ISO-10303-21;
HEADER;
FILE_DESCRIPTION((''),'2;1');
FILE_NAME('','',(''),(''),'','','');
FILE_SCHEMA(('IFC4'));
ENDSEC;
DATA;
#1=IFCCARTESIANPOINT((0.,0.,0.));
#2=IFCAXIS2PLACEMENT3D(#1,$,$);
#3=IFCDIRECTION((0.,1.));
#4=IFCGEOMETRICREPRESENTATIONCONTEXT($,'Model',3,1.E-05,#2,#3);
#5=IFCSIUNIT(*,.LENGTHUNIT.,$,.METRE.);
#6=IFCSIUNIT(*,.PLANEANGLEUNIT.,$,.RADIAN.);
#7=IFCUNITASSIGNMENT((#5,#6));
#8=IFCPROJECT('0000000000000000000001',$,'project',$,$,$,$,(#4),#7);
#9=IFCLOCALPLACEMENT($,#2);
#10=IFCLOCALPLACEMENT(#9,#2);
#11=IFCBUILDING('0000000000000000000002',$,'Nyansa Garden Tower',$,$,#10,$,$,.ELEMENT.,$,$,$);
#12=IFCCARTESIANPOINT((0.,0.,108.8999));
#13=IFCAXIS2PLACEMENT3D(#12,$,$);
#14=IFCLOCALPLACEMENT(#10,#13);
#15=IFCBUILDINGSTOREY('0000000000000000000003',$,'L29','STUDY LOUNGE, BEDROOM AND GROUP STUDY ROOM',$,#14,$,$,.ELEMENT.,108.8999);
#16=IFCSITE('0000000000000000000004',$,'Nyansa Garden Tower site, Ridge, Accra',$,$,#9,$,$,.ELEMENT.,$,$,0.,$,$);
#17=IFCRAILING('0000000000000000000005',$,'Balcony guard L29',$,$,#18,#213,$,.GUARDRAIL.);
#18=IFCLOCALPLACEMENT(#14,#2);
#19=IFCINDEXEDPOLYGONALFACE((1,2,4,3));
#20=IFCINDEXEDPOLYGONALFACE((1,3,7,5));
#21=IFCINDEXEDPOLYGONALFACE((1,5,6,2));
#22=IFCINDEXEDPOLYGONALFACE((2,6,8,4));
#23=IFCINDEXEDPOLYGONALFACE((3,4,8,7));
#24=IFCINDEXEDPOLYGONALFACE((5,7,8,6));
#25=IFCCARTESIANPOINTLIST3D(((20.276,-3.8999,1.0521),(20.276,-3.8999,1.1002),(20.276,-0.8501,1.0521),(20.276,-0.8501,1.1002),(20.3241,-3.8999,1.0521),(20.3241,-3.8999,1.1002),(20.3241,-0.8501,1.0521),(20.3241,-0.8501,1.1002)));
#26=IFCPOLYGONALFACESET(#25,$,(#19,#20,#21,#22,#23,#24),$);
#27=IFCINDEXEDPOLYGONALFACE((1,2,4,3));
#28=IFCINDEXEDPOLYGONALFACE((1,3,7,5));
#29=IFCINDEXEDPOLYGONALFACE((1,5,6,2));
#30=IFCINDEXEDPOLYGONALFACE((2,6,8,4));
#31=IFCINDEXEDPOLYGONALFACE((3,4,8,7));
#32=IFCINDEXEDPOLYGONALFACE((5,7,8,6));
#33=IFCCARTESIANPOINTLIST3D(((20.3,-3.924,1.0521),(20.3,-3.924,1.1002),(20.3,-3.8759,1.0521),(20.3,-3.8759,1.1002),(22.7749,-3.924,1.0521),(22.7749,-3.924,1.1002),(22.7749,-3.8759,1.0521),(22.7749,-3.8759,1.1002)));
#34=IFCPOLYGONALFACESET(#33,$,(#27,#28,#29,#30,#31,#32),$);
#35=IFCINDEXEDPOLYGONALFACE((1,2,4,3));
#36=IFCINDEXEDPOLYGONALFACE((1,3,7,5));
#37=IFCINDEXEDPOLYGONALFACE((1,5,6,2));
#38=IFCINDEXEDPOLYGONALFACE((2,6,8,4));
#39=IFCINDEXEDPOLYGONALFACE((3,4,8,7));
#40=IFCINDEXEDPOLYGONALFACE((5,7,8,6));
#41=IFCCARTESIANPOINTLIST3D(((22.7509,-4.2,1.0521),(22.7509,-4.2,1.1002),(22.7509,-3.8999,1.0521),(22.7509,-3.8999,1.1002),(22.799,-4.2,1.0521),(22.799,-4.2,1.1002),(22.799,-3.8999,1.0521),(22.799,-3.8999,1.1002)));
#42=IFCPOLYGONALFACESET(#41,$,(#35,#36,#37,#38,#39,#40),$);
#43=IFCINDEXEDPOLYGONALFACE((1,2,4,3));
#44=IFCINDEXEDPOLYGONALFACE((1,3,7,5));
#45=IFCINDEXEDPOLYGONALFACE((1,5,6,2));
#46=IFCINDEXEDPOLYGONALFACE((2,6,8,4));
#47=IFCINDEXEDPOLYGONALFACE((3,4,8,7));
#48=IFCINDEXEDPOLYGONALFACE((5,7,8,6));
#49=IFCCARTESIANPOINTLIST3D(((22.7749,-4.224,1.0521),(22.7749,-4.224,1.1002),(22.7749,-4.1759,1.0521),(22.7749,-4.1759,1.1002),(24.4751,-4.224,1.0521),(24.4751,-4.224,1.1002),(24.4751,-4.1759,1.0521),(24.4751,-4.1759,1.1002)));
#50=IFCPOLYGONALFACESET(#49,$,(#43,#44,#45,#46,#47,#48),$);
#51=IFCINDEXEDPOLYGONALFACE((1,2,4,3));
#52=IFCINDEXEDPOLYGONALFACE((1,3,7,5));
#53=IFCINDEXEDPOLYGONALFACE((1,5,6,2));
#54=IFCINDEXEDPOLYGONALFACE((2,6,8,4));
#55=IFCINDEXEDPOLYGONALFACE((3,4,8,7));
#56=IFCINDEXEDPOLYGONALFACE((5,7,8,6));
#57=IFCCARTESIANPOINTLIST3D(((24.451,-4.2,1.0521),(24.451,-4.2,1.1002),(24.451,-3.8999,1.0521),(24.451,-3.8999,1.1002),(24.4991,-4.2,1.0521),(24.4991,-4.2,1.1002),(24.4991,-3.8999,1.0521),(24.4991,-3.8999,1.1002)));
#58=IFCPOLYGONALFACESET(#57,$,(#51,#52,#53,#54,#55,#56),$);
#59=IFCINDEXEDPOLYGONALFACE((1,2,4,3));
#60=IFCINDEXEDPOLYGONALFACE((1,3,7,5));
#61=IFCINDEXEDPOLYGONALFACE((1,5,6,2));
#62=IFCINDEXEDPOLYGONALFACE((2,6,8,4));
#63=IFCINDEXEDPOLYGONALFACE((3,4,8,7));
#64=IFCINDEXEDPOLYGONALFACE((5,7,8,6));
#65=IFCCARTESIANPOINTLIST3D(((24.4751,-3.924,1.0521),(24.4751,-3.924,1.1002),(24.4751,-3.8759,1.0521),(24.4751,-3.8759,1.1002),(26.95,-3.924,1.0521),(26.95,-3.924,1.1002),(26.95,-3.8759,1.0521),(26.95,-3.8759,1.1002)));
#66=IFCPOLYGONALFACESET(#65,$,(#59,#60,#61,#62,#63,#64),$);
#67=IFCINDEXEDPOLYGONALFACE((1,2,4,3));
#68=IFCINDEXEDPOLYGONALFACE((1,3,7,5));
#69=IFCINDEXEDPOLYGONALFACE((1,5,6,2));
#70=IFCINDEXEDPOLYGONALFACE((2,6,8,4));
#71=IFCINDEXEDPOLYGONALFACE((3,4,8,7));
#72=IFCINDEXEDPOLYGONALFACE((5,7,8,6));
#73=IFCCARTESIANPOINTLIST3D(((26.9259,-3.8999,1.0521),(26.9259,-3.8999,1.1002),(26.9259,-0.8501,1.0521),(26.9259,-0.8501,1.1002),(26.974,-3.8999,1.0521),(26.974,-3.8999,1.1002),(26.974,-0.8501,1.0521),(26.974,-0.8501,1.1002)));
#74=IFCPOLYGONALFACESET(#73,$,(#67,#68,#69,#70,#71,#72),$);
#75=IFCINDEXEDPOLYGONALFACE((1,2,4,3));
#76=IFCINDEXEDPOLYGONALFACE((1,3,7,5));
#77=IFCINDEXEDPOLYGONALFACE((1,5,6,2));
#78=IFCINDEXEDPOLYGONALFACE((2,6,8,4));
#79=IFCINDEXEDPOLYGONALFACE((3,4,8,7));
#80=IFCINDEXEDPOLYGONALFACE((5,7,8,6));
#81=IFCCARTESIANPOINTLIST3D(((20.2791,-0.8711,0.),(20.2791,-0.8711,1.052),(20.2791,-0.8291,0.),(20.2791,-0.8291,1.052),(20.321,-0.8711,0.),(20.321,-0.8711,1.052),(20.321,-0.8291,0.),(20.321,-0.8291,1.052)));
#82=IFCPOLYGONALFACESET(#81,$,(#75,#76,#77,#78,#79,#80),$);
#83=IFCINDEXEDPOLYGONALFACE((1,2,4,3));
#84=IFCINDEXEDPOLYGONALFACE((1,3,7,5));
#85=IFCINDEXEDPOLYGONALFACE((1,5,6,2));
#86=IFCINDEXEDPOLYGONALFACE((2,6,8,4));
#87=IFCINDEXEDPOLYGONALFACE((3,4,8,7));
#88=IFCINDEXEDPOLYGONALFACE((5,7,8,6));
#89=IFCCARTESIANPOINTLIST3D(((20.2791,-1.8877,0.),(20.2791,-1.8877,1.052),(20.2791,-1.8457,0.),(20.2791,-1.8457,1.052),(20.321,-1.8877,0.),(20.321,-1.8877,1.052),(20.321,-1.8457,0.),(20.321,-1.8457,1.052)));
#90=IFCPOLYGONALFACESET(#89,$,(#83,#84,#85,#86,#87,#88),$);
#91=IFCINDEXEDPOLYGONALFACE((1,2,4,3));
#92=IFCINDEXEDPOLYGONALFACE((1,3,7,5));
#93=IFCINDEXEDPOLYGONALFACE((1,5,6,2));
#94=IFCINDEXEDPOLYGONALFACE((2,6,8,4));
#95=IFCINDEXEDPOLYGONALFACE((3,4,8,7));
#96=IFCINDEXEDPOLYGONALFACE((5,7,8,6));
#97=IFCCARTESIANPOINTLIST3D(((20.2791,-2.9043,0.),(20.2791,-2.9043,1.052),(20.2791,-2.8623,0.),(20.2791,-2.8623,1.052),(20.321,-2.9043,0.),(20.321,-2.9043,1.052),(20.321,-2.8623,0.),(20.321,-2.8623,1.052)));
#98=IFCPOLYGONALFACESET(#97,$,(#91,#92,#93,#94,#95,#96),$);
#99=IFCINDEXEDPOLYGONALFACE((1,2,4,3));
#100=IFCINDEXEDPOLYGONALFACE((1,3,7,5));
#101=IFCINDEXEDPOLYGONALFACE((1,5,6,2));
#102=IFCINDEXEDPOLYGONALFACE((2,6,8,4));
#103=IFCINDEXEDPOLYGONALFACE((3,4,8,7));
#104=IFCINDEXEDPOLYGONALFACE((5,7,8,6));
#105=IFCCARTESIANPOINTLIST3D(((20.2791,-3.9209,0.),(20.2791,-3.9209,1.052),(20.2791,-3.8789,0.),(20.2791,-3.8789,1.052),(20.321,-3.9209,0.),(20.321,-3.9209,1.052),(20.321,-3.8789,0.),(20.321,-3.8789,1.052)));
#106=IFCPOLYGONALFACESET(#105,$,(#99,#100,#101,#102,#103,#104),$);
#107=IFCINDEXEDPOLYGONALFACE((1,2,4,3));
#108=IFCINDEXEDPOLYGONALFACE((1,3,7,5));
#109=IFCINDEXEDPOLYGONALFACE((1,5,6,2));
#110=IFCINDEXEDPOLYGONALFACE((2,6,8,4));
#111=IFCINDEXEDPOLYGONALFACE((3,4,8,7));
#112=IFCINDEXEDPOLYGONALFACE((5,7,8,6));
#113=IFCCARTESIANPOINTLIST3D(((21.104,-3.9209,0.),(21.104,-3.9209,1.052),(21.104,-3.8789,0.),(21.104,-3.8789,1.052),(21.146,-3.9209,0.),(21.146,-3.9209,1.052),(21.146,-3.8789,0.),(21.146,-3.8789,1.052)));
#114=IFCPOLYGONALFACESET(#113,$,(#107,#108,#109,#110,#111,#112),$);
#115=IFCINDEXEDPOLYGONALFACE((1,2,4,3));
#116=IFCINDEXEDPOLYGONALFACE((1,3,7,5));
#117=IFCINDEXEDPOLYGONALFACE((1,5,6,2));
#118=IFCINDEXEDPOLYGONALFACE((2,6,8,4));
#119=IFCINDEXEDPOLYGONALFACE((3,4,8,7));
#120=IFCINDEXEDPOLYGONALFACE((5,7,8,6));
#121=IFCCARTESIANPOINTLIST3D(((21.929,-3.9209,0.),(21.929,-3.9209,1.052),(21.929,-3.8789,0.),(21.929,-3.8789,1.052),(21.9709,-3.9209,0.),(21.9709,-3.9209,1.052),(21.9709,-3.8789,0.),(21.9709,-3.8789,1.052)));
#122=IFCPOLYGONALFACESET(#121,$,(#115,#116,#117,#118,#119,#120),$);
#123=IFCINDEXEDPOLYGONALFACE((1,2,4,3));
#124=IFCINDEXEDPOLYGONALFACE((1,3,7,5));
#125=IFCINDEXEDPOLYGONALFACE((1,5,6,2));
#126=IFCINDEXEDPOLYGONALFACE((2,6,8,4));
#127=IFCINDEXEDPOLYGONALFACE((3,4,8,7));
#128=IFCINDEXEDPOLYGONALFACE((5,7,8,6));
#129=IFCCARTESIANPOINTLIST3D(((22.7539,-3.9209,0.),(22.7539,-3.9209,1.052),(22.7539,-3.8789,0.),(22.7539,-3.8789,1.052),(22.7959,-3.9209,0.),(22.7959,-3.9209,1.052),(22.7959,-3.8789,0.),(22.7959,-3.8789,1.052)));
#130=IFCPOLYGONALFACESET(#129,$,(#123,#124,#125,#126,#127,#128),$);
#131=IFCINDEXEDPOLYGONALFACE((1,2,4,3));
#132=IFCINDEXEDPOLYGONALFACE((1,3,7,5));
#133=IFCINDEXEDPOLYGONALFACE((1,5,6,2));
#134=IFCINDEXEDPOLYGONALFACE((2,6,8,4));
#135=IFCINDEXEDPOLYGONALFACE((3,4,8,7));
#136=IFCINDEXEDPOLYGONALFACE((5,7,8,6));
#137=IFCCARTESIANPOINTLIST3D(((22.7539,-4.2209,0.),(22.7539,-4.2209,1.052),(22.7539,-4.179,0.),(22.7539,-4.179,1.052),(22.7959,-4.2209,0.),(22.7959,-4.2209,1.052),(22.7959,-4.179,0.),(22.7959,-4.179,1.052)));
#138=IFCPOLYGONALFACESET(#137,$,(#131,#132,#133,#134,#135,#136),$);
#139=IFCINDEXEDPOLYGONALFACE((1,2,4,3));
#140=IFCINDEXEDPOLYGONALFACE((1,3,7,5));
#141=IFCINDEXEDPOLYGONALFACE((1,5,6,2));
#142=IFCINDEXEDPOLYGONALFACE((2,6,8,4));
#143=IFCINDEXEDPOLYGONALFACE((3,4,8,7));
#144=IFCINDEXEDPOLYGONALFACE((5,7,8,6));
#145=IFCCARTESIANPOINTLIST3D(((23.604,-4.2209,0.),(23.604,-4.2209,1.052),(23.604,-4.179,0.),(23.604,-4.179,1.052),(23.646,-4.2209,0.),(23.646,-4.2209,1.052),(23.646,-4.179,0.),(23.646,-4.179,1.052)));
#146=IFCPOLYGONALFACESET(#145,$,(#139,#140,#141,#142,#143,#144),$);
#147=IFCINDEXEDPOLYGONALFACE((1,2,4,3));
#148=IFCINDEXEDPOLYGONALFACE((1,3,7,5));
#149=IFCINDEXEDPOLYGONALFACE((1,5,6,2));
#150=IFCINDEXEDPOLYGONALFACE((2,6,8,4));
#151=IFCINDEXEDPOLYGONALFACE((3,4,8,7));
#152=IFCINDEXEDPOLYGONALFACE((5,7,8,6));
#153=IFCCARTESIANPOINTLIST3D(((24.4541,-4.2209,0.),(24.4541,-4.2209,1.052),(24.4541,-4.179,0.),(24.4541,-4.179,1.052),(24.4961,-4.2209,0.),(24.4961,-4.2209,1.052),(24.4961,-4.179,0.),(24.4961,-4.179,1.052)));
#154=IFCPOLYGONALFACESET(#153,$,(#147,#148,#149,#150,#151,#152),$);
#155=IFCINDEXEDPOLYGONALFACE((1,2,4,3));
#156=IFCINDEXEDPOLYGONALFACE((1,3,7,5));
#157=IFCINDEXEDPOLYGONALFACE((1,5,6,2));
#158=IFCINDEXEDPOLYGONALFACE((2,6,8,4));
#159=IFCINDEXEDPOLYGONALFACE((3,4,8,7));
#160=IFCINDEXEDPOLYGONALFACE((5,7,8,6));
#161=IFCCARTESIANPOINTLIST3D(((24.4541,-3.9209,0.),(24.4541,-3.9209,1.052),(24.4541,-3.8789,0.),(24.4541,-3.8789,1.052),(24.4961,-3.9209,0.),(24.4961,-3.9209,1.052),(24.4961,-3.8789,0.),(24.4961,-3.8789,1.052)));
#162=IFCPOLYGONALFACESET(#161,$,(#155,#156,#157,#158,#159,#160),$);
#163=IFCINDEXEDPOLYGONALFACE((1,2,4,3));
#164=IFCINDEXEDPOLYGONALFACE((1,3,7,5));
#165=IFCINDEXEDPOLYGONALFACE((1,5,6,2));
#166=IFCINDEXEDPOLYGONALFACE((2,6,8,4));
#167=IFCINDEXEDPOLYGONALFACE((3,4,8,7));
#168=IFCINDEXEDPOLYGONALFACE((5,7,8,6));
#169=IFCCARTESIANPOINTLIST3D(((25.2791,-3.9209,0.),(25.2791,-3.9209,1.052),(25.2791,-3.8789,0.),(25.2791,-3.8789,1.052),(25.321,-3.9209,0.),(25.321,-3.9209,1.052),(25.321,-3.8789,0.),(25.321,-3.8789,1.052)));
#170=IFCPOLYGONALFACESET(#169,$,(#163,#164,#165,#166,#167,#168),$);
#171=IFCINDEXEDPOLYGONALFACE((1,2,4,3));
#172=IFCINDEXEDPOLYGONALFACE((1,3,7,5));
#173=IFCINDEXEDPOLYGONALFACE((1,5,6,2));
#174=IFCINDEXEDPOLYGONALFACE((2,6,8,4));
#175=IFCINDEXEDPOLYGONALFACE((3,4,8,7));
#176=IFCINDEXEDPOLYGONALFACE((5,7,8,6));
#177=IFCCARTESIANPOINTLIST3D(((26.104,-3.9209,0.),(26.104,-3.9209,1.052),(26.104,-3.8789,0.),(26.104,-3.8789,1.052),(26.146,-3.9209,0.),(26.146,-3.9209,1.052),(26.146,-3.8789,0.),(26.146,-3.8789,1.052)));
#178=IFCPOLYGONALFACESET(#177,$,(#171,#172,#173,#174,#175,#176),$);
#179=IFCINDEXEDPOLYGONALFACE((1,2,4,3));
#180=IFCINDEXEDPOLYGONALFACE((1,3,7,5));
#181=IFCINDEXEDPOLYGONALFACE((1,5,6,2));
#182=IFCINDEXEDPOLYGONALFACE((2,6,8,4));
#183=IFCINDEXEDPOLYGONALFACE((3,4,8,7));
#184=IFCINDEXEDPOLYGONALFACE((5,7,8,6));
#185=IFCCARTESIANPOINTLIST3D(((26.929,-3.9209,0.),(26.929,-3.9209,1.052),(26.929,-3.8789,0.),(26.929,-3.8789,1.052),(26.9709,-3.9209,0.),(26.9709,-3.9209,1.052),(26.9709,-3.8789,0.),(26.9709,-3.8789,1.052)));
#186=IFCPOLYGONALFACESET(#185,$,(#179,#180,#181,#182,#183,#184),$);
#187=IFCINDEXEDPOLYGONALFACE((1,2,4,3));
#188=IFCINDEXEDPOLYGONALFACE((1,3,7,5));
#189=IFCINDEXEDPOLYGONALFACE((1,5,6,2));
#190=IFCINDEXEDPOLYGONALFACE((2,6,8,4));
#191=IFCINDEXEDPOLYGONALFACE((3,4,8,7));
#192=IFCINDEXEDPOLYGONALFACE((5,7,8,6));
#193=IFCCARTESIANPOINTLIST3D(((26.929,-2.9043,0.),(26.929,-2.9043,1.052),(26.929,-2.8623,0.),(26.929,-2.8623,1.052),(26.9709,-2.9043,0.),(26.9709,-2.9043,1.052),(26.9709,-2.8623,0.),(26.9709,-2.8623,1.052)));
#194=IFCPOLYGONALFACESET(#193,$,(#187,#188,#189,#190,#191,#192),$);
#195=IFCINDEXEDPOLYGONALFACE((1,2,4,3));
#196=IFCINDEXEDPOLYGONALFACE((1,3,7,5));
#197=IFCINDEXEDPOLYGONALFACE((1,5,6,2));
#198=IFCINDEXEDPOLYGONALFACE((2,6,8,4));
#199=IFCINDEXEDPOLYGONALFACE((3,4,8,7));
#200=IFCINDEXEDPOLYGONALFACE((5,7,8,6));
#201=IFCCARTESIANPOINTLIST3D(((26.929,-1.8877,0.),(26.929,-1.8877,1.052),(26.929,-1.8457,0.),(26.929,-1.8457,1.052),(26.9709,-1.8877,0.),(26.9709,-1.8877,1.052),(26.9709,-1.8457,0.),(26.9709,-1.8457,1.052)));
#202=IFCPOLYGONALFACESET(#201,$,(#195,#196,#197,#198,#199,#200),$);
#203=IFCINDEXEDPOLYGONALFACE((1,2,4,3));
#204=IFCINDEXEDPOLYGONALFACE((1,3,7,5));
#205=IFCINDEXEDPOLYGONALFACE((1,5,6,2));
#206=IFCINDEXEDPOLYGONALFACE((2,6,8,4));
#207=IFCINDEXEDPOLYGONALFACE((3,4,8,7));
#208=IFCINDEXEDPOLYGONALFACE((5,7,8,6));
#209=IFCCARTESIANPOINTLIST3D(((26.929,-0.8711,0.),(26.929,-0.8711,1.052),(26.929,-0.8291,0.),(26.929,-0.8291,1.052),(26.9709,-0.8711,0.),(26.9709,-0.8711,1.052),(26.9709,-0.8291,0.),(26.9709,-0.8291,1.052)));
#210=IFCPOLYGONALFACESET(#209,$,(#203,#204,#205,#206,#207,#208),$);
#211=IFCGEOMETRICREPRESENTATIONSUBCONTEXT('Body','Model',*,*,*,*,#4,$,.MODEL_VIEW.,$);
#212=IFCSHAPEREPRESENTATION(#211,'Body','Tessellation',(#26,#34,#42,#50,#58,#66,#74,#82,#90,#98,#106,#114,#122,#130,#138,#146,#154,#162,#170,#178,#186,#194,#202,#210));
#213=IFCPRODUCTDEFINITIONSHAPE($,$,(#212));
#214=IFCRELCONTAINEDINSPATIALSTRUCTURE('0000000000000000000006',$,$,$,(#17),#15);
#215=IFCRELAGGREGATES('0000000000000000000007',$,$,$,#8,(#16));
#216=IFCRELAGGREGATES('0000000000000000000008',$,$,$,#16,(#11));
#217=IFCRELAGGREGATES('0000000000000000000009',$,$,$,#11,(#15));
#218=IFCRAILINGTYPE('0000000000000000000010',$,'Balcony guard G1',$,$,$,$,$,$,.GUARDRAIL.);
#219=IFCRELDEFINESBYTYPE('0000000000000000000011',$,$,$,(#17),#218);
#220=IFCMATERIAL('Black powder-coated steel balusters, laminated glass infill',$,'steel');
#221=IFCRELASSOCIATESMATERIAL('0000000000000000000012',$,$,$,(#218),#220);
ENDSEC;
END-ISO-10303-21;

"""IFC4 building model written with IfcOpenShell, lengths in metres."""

from ifc_helpers import new_model, si_unit, direction, frame, origin, origin_2d, place, context, subcontext, project, spatial, rectangle, extrude, material, type_object, element, save


model = new_model("IFC4")

# Units and contexts
model_context = context("Model", 3, precision=1e-05, world=origin(), true_north=direction((0.0, 1.0)))
body_context = subcontext(model_context, "Body", "Model", "MODEL_VIEW")
ifc_project = project(units=[si_unit("LENGTHUNIT", "METRE"), si_unit("PLANEANGLEUNIT", "RADIAN")], contexts=[model_context])

# Site, building, storey
site_placement = place(None, origin())
site = spatial("IfcSite", under=ifc_project, at=site_placement, Name="Nyansa Garden Tower site, Ridge, Accra", CompositionType="ELEMENT", RefElevation=0.0)
building_placement = place(site_placement, origin())
building = spatial("IfcBuilding", under=site, at=building_placement, Name="Nyansa Garden Tower", CompositionType="ELEMENT")
storey_placement = place(building_placement, frame((0.0, 0.0, 108.8999)))
storey = spatial("IfcBuildingStorey", under=building, at=storey_placement, Name="L29", Description="STUDY LOUNGE, BEDROOM AND GROUP STUDY ROOM", CompositionType="ELEMENT", Elevation=108.8999)

# Railing
ifc_material_1 = material(Name="Black powder-coated steel balusters, laminated glass infill", Category="steel")
railing_type = type_object("IfcRailingType", Name="Balcony guard G1", PredefinedType="GUARDRAIL", material=ifc_material_1)
railing_placement = place(storey_placement, frame((20.3, -0.8501, 0.0)))
element("IfcRailing", 1, at=railing_placement, inside=storey, type_object=railing_type, Name="Balcony guard L29", PredefinedType="GUARDRAIL", context=body_context, shape_type="SweptSolid", body=[
    extrude(rectangle(XDim=0.0481, YDim=0.0481, at=origin_2d()), frame((0.0, 0.0, 1.0762), z_axis=(0.0, -1.0, 0.0), x_axis=(1.0, 0.0, 0.0)), (0.0, 0.0, 1.0), 3.0498),
    extrude(rectangle(XDim=0.0481, YDim=0.0481, at=origin_2d()), frame((0.0, -3.0498, 1.0762), z_axis=(1.0, 0.0, 0.0), x_axis=(0.0, 1.0, 0.0)), (0.0, 0.0, 1.0), 2.4749),
    extrude(rectangle(XDim=0.0481, YDim=0.0481, at=origin_2d()), frame((2.4749, -3.0498, 1.0762), z_axis=(0.0, -1.0, 0.0), x_axis=(1.0, 0.0, 0.0)), (0.0, 0.0, 1.0), 0.3),
    extrude(rectangle(XDim=0.0481, YDim=0.0481, at=origin_2d()), frame((2.4749, -3.3499, 1.0762), z_axis=(1.0, 0.0, 0.0), x_axis=(0.0, 1.0, 0.0)), (0.0, 0.0, 1.0), 1.7002),
    extrude(rectangle(XDim=0.0481, YDim=0.0481, at=origin_2d()), frame((4.175, -3.3499, 1.0762), z_axis=(0.0, 1.0, 0.0), x_axis=(-1.0, 0.0, 0.0)), (0.0, 0.0, 1.0), 0.3),
    extrude(rectangle(XDim=0.0481, YDim=0.0481, at=origin_2d()), frame((4.175, -3.0498, 1.0762), z_axis=(1.0, 0.0, 0.0), x_axis=(0.0, 1.0, 0.0)), (0.0, 0.0, 1.0), 2.4749),
    extrude(rectangle(XDim=0.0481, YDim=0.0481, at=origin_2d()), frame((6.6499, -3.0498, 1.0762), z_axis=(0.0, 1.0, 0.0), x_axis=(-1.0, 0.0, 0.0)), (0.0, 0.0, 1.0), 3.0498),
    extrude(rectangle(XDim=0.042, YDim=0.042, at=origin_2d()), origin(), (0.0, 0.0, 1.0), 1.052),
    extrude(rectangle(XDim=0.042, YDim=0.042, at=origin_2d()), frame((0.0, -1.0166, 0.0)), (0.0, 0.0, 1.0), 1.052),
    extrude(rectangle(XDim=0.042, YDim=0.042, at=origin_2d()), frame((0.0, -2.0332, 0.0)), (0.0, 0.0, 1.0), 1.052),
    extrude(rectangle(XDim=0.042, YDim=0.042, at=origin_2d()), frame((0.0, -3.0498, 0.0)), (0.0, 0.0, 1.0), 1.052),
    extrude(rectangle(XDim=0.042, YDim=0.042, at=origin_2d()), frame((0.825, -3.0498, 0.0)), (0.0, 0.0, 1.0), 1.052),
    extrude(rectangle(XDim=0.042, YDim=0.042, at=origin_2d()), frame((1.6499, -3.0498, 0.0)), (0.0, 0.0, 1.0), 1.052),
    extrude(rectangle(XDim=0.042, YDim=0.042, at=origin_2d()), frame((2.4749, -3.0498, 0.0)), (0.0, 0.0, 1.0), 1.052),
    extrude(rectangle(XDim=0.042, YDim=0.042, at=origin_2d()), frame((2.4749, -3.3499, 0.0)), (0.0, 0.0, 1.0), 1.052),
    extrude(rectangle(XDim=0.042, YDim=0.042, at=origin_2d()), frame((3.325, -3.3499, 0.0)), (0.0, 0.0, 1.0), 1.052),
    extrude(rectangle(XDim=0.042, YDim=0.042, at=origin_2d()), frame((4.175, -3.3499, 0.0)), (0.0, 0.0, 1.0), 1.052),
    extrude(rectangle(XDim=0.042, YDim=0.042, at=origin_2d()), frame((4.175, -3.0498, 0.0)), (0.0, 0.0, 1.0), 1.052),
    extrude(rectangle(XDim=0.042, YDim=0.042, at=origin_2d()), frame((5.0, -3.0498, 0.0)), (0.0, 0.0, 1.0), 1.052),
    extrude(rectangle(XDim=0.042, YDim=0.042, at=origin_2d()), frame((5.825, -3.0498, 0.0)), (0.0, 0.0, 1.0), 1.052),
    extrude(rectangle(XDim=0.042, YDim=0.042, at=origin_2d()), frame((6.6499, -3.0498, 0.0)), (0.0, 0.0, 1.0), 1.052),
    extrude(rectangle(XDim=0.042, YDim=0.042, at=origin_2d()), frame((6.6499, -2.0332, 0.0)), (0.0, 0.0, 1.0), 1.052),
    extrude(rectangle(XDim=0.042, YDim=0.042, at=origin_2d()), frame((6.6499, -1.0166, 0.0)), (0.0, 0.0, 1.0), 1.052),
    extrude(rectangle(XDim=0.042, YDim=0.042, at=origin_2d()), frame((6.6499, 0.0, 0.0)), (0.0, 0.0, 1.0), 1.052),
])

save(model, "model.ifc")
